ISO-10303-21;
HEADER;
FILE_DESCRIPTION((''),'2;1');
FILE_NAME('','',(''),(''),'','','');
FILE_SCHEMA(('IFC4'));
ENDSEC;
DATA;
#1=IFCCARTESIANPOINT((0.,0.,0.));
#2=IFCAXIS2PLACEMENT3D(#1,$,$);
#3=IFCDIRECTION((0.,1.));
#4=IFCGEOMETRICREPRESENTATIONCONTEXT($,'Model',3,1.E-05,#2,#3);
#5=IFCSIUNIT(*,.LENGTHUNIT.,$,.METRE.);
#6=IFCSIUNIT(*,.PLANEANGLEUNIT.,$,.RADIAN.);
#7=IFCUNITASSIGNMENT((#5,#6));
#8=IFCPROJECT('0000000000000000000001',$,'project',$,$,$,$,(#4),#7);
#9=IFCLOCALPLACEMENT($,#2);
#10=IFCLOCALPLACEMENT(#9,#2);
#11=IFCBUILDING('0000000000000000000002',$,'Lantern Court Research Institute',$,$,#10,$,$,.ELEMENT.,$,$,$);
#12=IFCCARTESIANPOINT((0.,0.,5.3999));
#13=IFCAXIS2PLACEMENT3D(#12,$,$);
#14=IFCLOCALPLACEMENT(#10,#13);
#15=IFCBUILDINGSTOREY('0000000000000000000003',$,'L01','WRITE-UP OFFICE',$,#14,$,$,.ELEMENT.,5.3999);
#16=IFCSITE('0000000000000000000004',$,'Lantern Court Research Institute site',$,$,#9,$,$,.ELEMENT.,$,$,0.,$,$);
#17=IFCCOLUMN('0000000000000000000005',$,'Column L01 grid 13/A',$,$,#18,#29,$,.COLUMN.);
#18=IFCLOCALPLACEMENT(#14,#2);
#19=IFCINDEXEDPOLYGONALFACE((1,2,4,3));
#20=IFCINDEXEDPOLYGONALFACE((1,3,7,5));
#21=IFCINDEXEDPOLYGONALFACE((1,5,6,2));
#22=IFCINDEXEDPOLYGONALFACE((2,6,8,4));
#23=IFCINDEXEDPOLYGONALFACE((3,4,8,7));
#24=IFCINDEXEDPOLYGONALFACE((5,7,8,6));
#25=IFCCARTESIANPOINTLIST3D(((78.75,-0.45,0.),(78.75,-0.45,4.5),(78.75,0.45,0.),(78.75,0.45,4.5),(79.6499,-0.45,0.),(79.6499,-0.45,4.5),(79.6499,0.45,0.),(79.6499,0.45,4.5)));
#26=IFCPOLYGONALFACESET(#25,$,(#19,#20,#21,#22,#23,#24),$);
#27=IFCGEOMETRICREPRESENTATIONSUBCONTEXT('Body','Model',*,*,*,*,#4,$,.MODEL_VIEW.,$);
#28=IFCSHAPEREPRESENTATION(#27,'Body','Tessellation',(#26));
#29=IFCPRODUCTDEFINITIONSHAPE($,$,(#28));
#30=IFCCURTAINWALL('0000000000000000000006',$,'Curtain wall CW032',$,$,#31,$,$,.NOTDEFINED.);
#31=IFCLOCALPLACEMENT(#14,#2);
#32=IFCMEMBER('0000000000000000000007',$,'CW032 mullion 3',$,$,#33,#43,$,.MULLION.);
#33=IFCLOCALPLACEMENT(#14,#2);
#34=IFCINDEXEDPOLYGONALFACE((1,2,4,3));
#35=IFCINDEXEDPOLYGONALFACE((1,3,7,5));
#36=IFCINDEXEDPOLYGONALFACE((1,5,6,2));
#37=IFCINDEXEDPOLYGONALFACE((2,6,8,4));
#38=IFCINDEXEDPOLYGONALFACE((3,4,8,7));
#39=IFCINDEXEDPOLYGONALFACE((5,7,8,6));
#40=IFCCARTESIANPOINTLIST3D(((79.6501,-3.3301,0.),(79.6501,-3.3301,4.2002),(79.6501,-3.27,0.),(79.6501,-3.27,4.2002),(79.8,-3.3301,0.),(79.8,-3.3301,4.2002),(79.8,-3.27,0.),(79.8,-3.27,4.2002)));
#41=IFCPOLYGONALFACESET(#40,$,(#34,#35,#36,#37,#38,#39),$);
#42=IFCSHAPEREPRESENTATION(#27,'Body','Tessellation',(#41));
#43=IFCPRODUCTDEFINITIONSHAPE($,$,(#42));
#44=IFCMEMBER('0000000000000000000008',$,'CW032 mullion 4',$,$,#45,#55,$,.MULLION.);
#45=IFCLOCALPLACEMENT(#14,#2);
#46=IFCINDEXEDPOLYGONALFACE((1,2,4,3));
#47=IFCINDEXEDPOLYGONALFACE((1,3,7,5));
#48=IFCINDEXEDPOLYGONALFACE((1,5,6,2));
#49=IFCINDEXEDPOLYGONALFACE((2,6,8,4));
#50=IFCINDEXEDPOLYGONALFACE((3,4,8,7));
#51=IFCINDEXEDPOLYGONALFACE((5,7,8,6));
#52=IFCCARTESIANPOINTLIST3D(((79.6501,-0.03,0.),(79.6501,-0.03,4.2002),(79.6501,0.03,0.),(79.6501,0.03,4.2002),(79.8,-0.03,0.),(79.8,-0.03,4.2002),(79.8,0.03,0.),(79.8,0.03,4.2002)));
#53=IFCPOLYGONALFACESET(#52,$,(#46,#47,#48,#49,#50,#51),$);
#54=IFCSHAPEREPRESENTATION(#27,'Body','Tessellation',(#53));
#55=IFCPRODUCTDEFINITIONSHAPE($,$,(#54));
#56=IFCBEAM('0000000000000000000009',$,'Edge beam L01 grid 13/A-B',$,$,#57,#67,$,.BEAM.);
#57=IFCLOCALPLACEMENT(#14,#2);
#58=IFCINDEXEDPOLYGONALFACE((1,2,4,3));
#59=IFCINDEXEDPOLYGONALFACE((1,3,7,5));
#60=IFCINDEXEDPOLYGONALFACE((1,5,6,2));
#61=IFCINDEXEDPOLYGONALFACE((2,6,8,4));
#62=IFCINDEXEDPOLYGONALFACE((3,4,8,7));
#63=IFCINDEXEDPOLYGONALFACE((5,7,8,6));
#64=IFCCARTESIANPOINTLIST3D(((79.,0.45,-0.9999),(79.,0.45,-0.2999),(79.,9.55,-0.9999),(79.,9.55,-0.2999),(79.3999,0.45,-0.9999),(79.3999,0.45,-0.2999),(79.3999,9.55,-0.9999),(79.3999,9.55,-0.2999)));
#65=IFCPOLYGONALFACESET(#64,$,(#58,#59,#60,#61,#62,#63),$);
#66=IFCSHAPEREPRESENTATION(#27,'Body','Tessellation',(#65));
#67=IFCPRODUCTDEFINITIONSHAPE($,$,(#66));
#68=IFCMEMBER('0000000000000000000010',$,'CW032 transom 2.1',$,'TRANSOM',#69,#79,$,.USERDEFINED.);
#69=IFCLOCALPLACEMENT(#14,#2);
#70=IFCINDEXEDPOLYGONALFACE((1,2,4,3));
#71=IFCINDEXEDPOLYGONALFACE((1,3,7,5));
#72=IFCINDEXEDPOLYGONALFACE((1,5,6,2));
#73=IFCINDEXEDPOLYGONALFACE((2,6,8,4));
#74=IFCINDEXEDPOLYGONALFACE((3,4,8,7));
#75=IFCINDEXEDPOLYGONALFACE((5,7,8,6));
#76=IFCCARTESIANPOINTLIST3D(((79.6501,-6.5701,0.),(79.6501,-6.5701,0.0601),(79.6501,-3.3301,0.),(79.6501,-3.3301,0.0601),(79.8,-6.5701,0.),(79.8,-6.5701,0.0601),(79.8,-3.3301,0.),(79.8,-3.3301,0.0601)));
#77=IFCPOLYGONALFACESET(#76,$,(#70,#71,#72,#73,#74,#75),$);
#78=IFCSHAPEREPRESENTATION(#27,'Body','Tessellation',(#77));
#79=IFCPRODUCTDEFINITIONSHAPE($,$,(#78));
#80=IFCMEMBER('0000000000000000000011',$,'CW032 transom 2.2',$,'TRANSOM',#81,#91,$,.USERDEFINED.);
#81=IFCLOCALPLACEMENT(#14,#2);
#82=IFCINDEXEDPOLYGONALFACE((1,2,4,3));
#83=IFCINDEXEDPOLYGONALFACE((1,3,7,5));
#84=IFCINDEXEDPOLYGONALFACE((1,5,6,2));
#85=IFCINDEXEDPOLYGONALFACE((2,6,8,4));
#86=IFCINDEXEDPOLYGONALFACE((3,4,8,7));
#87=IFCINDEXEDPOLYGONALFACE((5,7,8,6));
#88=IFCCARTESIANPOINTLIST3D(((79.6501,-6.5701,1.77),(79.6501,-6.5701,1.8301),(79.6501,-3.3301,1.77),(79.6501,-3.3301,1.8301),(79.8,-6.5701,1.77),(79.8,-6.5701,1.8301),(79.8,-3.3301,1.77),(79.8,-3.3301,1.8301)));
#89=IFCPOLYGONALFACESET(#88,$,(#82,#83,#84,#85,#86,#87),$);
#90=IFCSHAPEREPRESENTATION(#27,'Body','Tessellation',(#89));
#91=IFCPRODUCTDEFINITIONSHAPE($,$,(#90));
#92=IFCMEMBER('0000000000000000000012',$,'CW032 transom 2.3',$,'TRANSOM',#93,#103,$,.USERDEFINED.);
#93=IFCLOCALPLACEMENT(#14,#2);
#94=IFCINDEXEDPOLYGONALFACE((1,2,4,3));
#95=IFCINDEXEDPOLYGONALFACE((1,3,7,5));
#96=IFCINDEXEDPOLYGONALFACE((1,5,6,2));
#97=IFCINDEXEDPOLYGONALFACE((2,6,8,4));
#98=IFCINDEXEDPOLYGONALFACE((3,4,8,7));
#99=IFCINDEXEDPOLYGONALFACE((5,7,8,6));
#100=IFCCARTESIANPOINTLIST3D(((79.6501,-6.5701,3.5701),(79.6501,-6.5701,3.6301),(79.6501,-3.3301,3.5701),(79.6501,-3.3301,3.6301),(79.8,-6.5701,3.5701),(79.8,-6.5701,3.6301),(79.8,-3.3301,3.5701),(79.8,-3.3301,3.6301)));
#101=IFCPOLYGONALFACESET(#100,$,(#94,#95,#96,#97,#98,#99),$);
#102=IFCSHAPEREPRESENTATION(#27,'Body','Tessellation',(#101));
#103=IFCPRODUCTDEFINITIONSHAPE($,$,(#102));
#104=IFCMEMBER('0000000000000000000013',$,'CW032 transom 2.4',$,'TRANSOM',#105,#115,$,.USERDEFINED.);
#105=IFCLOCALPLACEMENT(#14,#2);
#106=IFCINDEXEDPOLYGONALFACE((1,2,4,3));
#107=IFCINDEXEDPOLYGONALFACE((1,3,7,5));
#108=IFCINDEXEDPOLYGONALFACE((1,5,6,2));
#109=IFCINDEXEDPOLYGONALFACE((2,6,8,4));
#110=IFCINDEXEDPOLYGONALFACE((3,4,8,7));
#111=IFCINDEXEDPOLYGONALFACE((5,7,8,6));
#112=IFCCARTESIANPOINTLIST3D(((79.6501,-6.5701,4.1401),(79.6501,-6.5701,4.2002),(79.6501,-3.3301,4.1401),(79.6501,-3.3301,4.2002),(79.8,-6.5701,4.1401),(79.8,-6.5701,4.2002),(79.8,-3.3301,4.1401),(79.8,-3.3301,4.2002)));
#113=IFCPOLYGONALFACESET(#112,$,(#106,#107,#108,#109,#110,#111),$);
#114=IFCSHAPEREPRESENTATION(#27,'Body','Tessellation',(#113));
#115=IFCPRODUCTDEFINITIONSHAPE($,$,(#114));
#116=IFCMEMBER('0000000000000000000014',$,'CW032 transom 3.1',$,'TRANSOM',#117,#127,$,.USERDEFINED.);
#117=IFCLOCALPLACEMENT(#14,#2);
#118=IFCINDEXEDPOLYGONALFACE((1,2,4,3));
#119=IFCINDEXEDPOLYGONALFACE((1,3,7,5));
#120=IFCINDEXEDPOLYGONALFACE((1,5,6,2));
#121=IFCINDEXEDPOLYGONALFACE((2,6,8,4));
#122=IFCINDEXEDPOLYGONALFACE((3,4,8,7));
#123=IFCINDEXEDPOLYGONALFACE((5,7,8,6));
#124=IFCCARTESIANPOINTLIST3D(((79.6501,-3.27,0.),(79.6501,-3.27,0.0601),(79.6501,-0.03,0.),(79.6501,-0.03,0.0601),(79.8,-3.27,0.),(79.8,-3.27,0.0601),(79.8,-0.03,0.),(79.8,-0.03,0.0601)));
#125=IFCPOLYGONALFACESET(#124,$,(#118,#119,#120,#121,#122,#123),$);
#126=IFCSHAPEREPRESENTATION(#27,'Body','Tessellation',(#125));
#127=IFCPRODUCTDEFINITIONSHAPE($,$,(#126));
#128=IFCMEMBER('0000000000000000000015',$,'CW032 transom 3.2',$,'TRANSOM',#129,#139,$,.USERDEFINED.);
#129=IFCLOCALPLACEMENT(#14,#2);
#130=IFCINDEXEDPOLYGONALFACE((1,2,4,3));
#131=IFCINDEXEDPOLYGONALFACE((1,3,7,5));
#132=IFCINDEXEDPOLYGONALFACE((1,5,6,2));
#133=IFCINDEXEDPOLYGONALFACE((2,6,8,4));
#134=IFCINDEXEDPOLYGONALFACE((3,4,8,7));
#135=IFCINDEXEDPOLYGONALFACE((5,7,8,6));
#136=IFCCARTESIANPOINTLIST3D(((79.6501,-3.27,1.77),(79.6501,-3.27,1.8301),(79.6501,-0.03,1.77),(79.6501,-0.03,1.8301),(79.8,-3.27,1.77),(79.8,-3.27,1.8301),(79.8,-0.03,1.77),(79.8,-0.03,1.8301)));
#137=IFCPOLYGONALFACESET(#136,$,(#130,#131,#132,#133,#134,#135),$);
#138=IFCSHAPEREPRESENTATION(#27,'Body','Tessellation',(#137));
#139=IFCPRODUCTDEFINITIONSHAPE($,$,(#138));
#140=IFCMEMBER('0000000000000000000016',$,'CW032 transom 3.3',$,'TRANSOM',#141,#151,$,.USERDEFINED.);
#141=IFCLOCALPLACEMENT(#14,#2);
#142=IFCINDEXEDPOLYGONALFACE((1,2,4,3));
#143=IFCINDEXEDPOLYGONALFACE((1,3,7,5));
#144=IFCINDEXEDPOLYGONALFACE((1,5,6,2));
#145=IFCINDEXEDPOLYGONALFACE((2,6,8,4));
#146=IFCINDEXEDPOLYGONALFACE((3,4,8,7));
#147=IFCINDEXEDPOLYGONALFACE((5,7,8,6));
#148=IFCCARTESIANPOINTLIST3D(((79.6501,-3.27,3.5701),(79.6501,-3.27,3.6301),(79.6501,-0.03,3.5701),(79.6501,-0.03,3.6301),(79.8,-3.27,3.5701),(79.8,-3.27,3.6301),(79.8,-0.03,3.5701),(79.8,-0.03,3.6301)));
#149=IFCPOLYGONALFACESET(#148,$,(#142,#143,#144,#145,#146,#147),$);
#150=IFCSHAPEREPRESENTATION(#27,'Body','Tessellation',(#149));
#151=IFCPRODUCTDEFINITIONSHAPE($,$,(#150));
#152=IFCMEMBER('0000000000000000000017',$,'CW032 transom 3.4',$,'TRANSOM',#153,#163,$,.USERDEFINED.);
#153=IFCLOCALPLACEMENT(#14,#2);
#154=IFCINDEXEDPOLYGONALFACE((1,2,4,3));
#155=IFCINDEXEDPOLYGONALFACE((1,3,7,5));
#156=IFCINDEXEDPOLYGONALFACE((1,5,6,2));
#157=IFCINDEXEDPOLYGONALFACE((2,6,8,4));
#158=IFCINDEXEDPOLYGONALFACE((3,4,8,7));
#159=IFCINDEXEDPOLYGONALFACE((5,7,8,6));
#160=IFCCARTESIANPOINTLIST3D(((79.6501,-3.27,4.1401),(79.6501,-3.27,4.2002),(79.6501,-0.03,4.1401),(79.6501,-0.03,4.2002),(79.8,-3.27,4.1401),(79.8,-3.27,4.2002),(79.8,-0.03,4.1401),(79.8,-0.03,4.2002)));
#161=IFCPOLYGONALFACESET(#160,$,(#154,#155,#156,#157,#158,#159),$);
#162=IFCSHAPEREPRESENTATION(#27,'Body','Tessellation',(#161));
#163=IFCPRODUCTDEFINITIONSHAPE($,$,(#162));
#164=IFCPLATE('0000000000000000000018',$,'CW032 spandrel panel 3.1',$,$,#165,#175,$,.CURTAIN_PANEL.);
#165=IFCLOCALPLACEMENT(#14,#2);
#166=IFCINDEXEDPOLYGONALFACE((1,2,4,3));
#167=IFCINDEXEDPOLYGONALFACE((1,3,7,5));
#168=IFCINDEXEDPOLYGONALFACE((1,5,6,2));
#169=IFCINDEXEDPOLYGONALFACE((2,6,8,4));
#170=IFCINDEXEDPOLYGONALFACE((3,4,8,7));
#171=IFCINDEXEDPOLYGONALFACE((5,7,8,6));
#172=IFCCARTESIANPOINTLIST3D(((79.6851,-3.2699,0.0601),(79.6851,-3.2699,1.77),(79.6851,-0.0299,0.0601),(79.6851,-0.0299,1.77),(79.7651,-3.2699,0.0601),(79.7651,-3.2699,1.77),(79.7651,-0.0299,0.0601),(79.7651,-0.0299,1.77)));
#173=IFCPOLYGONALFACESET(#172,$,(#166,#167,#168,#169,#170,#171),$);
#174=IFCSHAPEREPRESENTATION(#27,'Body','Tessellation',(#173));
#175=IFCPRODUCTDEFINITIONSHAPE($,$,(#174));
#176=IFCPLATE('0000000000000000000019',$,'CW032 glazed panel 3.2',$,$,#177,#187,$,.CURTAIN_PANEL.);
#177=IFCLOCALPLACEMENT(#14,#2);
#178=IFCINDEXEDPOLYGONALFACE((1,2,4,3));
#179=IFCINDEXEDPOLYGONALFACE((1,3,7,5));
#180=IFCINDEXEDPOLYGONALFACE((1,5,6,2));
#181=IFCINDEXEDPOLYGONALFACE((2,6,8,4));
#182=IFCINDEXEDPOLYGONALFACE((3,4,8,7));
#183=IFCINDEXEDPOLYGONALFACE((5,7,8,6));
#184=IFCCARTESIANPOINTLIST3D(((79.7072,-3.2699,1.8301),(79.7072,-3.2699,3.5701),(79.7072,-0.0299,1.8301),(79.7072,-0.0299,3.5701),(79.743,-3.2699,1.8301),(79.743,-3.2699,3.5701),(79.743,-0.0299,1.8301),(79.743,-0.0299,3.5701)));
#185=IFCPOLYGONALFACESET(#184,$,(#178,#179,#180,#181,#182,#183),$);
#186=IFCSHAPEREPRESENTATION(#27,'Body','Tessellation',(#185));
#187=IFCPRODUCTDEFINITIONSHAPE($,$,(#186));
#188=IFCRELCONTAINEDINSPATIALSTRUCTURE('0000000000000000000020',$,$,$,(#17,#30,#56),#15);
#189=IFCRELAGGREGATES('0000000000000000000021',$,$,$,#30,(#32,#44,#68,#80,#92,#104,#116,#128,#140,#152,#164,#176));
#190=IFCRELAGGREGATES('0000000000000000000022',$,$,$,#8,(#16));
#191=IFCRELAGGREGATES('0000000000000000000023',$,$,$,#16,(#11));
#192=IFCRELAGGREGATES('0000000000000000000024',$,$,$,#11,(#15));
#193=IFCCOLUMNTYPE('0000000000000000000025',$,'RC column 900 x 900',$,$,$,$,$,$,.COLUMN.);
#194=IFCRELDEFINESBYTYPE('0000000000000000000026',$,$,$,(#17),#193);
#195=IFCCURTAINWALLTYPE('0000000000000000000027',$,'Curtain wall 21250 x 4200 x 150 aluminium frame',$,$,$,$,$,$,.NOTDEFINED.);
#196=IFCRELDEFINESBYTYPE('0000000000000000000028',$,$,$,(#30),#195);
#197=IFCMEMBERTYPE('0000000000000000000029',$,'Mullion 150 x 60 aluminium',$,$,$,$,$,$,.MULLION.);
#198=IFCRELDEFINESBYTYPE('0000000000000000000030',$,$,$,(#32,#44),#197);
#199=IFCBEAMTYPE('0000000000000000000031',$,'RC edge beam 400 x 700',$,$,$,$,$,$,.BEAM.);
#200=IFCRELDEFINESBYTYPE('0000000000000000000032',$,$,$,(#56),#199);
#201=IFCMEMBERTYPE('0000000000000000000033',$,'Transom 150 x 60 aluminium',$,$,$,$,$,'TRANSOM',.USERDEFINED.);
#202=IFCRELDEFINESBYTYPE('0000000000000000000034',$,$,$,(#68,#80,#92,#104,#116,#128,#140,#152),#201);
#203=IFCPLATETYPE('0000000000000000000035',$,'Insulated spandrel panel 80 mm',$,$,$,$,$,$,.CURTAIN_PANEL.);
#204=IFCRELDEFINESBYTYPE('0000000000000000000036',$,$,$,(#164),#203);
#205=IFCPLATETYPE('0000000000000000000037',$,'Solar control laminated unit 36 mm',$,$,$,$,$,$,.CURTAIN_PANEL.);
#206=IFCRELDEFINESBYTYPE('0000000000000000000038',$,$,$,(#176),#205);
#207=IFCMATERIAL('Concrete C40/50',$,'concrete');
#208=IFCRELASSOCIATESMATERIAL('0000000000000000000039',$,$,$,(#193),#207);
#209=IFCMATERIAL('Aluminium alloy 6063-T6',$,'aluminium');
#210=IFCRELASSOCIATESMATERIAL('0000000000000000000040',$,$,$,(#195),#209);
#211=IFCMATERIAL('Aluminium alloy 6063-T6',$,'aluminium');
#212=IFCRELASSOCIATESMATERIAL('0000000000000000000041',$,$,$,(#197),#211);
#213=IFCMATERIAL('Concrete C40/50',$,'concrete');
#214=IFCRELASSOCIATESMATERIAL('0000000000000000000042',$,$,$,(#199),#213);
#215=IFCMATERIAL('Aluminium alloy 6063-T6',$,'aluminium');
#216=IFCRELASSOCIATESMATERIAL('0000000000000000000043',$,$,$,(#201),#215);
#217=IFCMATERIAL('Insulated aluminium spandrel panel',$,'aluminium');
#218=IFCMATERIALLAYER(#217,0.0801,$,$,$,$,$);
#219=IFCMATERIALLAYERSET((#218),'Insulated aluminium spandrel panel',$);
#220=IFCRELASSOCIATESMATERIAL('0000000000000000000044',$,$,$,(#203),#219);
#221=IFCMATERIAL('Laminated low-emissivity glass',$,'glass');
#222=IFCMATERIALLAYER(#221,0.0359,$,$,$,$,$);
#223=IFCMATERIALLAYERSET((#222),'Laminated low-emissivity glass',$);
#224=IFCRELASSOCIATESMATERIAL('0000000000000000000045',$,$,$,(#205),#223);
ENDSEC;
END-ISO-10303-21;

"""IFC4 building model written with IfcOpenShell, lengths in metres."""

from ifc_helpers import new_model, si_unit, direction, frame, origin, origin_2d, place, context, subcontext, project, spatial, rectangle, extrude, material, layer, layer_set, material_profile, profile_set, type_object, element, aggregate, save


model = new_model("IFC4")

# Units and contexts
model_context = context("Model", 3, precision=1e-05, world=origin(), true_north=direction((0.0, 1.0)))
body_context = subcontext(model_context, "Body", "Model", "MODEL_VIEW")
ifc_project = project(units=[si_unit("LENGTHUNIT", "METRE"), si_unit("PLANEANGLEUNIT", "RADIAN")], contexts=[model_context])

# Site, building, storey
site_placement = place(None, origin())
site = spatial("IfcSite", under=ifc_project, at=site_placement, Name="Lantern Court Research Institute site", CompositionType="ELEMENT", RefElevation=0.0)
building_placement = place(site_placement, origin())
building = spatial("IfcBuilding", under=site, at=building_placement, Name="Lantern Court Research Institute", CompositionType="ELEMENT")
storey_placement = place(building_placement, frame((0.0, 0.0, 5.3999)))
storey = spatial("IfcBuildingStorey", under=building, at=storey_placement, Name="L01", Description="WRITE-UP OFFICE", CompositionType="ELEMENT", Elevation=5.3999)

# Column
ifc_material_1 = material(Name="Concrete C40/50", Category="concrete")
ifc_material_profile_1 = material_profile(ifc_material_1, rectangle(XDim=0.8999, YDim=0.8999, at=origin_2d()), Name="RC column 900 x 900")
ifc_profile_set_1 = profile_set([ifc_material_profile_1], Name="Concrete C40/50")
column_type = type_object("IfcColumnType", Name="RC column 900 x 900", PredefinedType="COLUMN", material=ifc_profile_set_1)
column_placement = place(storey_placement, frame((79.2, 0.0, 0.0), z_axis=(0.0, 0.0, 1.0), x_axis=(1.0, 0.0, 0.0)))
element("IfcColumn", 1, at=column_placement, inside=storey, type_object=column_type, Name="Column L01 grid 13/A", PredefinedType="COLUMN", context=body_context, shape_type="SweptSolid", body=[
    extrude(rectangle(XDim=0.8999, YDim=0.8999, at=origin_2d()), origin(), (0.0, 0.0, 1.0), 4.5),
])

# Curtain wall, members
ifc_material_2 = material(Name="Aluminium alloy 6063-T6", Category="aluminium")
curtain_wall_type = type_object("IfcCurtainWallType", Name="Curtain wall 21250 x 4200 x 150 aluminium frame", PredefinedType="NOTDEFINED", material=ifc_material_2)
curtain_wall_placement = place(storey_placement, origin())
curtain_wall = element("IfcCurtainWall", 2, at=curtain_wall_placement, inside=storey, type_object=curtain_wall_type, Name="Curtain wall CW032", PredefinedType="NOTDEFINED")
ifc_material_3 = material(Name="Aluminium alloy 6063-T6", Category="aluminium")
ifc_material_profile_2 = material_profile(ifc_material_3, rectangle(XDim=0.1499, YDim=0.0601, at=origin_2d()), Name="Mullion 150 x 60")
ifc_profile_set_2 = profile_set([ifc_material_profile_2], Name="Aluminium alloy 6063-T6")
member_type_1 = type_object("IfcMemberType", Name="Mullion 150 x 60 aluminium", PredefinedType="MULLION", material=ifc_profile_set_2)
member_1_placement = place(storey_placement, frame((79.7251, -3.3, 0.0), z_axis=(0.0, 0.0, 1.0), x_axis=(1.0, 0.0, 0.0)))
member_1 = element("IfcMember", 3, at=member_1_placement, type_object=member_type_1, Name="CW032 mullion 3", PredefinedType="MULLION", context=body_context, shape_type="SweptSolid", body=[
    extrude(rectangle(XDim=0.1499, YDim=0.0601, at=origin_2d()), origin(), (0.0, 0.0, 1.0), 4.2002),
])
member_2_placement = place(storey_placement, frame((79.7251, 0.0, 0.0), z_axis=(0.0, 0.0, 1.0), x_axis=(1.0, 0.0, 0.0)))
member_2 = element("IfcMember", 4, at=member_2_placement, type_object=member_type_1, Name="CW032 mullion 4", PredefinedType="MULLION", context=body_context, shape_type="SweptSolid", body=[
    extrude(rectangle(XDim=0.1499, YDim=0.0601, at=origin_2d()), origin(), (0.0, 0.0, 1.0), 4.2002),
])

# Beam
ifc_material_4 = material(Name="Concrete C40/50", Category="concrete")
ifc_material_profile_3 = material_profile(ifc_material_4, rectangle(XDim=0.3999, YDim=0.7, at=origin_2d()), Name="RC beam 400 x 700")
ifc_profile_set_3 = profile_set([ifc_material_profile_3], Name="Concrete C40/50")
beam_type = type_object("IfcBeamType", Name="RC edge beam 400 x 700", PredefinedType="BEAM", material=ifc_profile_set_3)
beam_placement = place(storey_placement, frame((79.2, 0.45, -0.6499), z_axis=(0.0, 1.0, 0.0), x_axis=(-1.0, 0.0, 0.0)))
element("IfcBeam", 5, at=beam_placement, inside=storey, type_object=beam_type, Name="Edge beam L01 grid 13/A-B", PredefinedType="BEAM", context=body_context, shape_type="SweptSolid", body=[
    extrude(rectangle(XDim=0.3999, YDim=0.7, at=origin_2d()), origin(), (0.0, 0.0, 1.0), 9.1001),
])

# Members
ifc_material_5 = material(Name="Aluminium alloy 6063-T6", Category="aluminium")
ifc_material_profile_4 = material_profile(ifc_material_5, rectangle(XDim=0.1499, YDim=0.0601, at=origin_2d()), Name="Transom 150 x 60")
ifc_profile_set_4 = profile_set([ifc_material_profile_4], Name="Aluminium alloy 6063-T6")
member_type_2 = type_object("IfcMemberType", Name="Transom 150 x 60 aluminium", ElementType="TRANSOM", PredefinedType="USERDEFINED", material=ifc_profile_set_4)
member_3_placement = place(storey_placement, frame((79.7251, -3.3301, 0.03), z_axis=(0.0, -1.0, 0.0), x_axis=(1.0, 0.0, 0.0)))
member_3 = element("IfcMember", 6, at=member_3_placement, type_object=member_type_2, Name="CW032 transom 2.1", ObjectType="TRANSOM", PredefinedType="USERDEFINED", context=body_context, shape_type="SweptSolid", body=[
    extrude(rectangle(XDim=0.1499, YDim=0.0601, at=origin_2d()), origin(), (0.0, 0.0, 1.0), 3.24),
])
member_4_placement = place(storey_placement, frame((79.7251, -3.3301, 1.8), z_axis=(0.0, -1.0, 0.0), x_axis=(1.0, 0.0, 0.0)))
member_4 = element("IfcMember", 7, at=member_4_placement, type_object=member_type_2, Name="CW032 transom 2.2", ObjectType="TRANSOM", PredefinedType="USERDEFINED", context=body_context, shape_type="SweptSolid", body=[
    extrude(rectangle(XDim=0.1499, YDim=0.0601, at=origin_2d()), origin(), (0.0, 0.0, 1.0), 3.24),
])
member_5_placement = place(storey_placement, frame((79.7251, -3.3301, 3.6001), z_axis=(0.0, -1.0, 0.0), x_axis=(1.0, 0.0, 0.0)))
member_5 = element("IfcMember", 8, at=member_5_placement, type_object=member_type_2, Name="CW032 transom 2.3", ObjectType="TRANSOM", PredefinedType="USERDEFINED", context=body_context, shape_type="SweptSolid", body=[
    extrude(rectangle(XDim=0.1499, YDim=0.0601, at=origin_2d()), origin(), (0.0, 0.0, 1.0), 3.24),
])
member_6_placement = place(storey_placement, frame((79.7251, -3.3301, 4.1702), z_axis=(0.0, -1.0, 0.0), x_axis=(1.0, 0.0, 0.0)))
member_6 = element("IfcMember", 9, at=member_6_placement, type_object=member_type_2, Name="CW032 transom 2.4", ObjectType="TRANSOM", PredefinedType="USERDEFINED", context=body_context, shape_type="SweptSolid", body=[
    extrude(rectangle(XDim=0.1499, YDim=0.0601, at=origin_2d()), origin(), (0.0, 0.0, 1.0), 3.24),
])
member_7_placement = place(storey_placement, frame((79.7251, -0.03, 0.03), z_axis=(0.0, -1.0, 0.0), x_axis=(1.0, 0.0, 0.0)))
member_7 = element("IfcMember", 10, at=member_7_placement, type_object=member_type_2, Name="CW032 transom 3.1", ObjectType="TRANSOM", PredefinedType="USERDEFINED", context=body_context, shape_type="SweptSolid", body=[
    extrude(rectangle(XDim=0.1499, YDim=0.0601, at=origin_2d()), origin(), (0.0, 0.0, 1.0), 3.24),
])
member_8_placement = place(storey_placement, frame((79.7251, -0.03, 1.8), z_axis=(0.0, -1.0, 0.0), x_axis=(1.0, 0.0, 0.0)))
member_8 = element("IfcMember", 11, at=member_8_placement, type_object=member_type_2, Name="CW032 transom 3.2", ObjectType="TRANSOM", PredefinedType="USERDEFINED", context=body_context, shape_type="SweptSolid", body=[
    extrude(rectangle(XDim=0.1499, YDim=0.0601, at=origin_2d()), origin(), (0.0, 0.0, 1.0), 3.24),
])
member_9_placement = place(storey_placement, frame((79.7251, -0.03, 3.6001), z_axis=(0.0, -1.0, 0.0), x_axis=(1.0, 0.0, 0.0)))
member_9 = element("IfcMember", 12, at=member_9_placement, type_object=member_type_2, Name="CW032 transom 3.3", ObjectType="TRANSOM", PredefinedType="USERDEFINED", context=body_context, shape_type="SweptSolid", body=[
    extrude(rectangle(XDim=0.1499, YDim=0.0601, at=origin_2d()), origin(), (0.0, 0.0, 1.0), 3.24),
])
member_10_placement = place(storey_placement, frame((79.7251, -0.03, 4.1702), z_axis=(0.0, -1.0, 0.0), x_axis=(1.0, 0.0, 0.0)))
member_10 = element("IfcMember", 13, at=member_10_placement, type_object=member_type_2, Name="CW032 transom 3.4", ObjectType="TRANSOM", PredefinedType="USERDEFINED", context=body_context, shape_type="SweptSolid", body=[
    extrude(rectangle(XDim=0.1499, YDim=0.0601, at=origin_2d()), origin(), (0.0, 0.0, 1.0), 3.24),
])

# Plates
ifc_material_6 = material(Name="Insulated aluminium spandrel panel", Category="aluminium")
ifc_layer_1 = layer(ifc_material_6, 0.0801)
ifc_layer_set_1 = layer_set([ifc_layer_1], Name="Insulated aluminium spandrel panel")
plate_type_1 = type_object("IfcPlateType", Name="Insulated spandrel panel 80 mm", PredefinedType="CURTAIN_PANEL", material=ifc_layer_set_1)
plate_1_placement = place(storey_placement, frame((79.7251, -1.6499, 0.0601), z_axis=(0.0, 0.0, 1.0), x_axis=(0.0, -1.0, 0.0)))
plate_1 = element("IfcPlate", 14, at=plate_1_placement, type_object=plate_type_1, Name="CW032 spandrel panel 3.1", PredefinedType="CURTAIN_PANEL", context=body_context, shape_type="SweptSolid", body=[
    extrude(rectangle(XDim=3.24, YDim=0.0801, at=origin_2d()), origin(), (0.0, 0.0, 1.0), 1.71),
])
ifc_material_7 = material(Name="Laminated low-emissivity glass", Category="glass")
ifc_layer_2 = layer(ifc_material_7, 0.0359)
ifc_layer_set_2 = layer_set([ifc_layer_2], Name="Laminated low-emissivity glass")
plate_type_2 = type_object("IfcPlateType", Name="Solar control laminated unit 36 mm", PredefinedType="CURTAIN_PANEL", material=ifc_layer_set_2)
plate_2_placement = place(storey_placement, frame((79.7251, -1.6499, 1.8301), z_axis=(0.0, 0.0, 1.0), x_axis=(0.0, -1.0, 0.0)))
plate_2 = element("IfcPlate", 15, at=plate_2_placement, type_object=plate_type_2, Name="CW032 glazed panel 3.2", PredefinedType="CURTAIN_PANEL", context=body_context, shape_type="SweptSolid", body=[
    extrude(rectangle(XDim=3.24, YDim=0.0359, at=origin_2d()), origin(), (0.0, 0.0, 1.0), 1.74),
])
aggregate(curtain_wall, [member_1, member_2, member_3, member_4, member_5, member_6, member_7, member_8, member_9, member_10, plate_1, plate_2])

save(model, "model.ifc")
